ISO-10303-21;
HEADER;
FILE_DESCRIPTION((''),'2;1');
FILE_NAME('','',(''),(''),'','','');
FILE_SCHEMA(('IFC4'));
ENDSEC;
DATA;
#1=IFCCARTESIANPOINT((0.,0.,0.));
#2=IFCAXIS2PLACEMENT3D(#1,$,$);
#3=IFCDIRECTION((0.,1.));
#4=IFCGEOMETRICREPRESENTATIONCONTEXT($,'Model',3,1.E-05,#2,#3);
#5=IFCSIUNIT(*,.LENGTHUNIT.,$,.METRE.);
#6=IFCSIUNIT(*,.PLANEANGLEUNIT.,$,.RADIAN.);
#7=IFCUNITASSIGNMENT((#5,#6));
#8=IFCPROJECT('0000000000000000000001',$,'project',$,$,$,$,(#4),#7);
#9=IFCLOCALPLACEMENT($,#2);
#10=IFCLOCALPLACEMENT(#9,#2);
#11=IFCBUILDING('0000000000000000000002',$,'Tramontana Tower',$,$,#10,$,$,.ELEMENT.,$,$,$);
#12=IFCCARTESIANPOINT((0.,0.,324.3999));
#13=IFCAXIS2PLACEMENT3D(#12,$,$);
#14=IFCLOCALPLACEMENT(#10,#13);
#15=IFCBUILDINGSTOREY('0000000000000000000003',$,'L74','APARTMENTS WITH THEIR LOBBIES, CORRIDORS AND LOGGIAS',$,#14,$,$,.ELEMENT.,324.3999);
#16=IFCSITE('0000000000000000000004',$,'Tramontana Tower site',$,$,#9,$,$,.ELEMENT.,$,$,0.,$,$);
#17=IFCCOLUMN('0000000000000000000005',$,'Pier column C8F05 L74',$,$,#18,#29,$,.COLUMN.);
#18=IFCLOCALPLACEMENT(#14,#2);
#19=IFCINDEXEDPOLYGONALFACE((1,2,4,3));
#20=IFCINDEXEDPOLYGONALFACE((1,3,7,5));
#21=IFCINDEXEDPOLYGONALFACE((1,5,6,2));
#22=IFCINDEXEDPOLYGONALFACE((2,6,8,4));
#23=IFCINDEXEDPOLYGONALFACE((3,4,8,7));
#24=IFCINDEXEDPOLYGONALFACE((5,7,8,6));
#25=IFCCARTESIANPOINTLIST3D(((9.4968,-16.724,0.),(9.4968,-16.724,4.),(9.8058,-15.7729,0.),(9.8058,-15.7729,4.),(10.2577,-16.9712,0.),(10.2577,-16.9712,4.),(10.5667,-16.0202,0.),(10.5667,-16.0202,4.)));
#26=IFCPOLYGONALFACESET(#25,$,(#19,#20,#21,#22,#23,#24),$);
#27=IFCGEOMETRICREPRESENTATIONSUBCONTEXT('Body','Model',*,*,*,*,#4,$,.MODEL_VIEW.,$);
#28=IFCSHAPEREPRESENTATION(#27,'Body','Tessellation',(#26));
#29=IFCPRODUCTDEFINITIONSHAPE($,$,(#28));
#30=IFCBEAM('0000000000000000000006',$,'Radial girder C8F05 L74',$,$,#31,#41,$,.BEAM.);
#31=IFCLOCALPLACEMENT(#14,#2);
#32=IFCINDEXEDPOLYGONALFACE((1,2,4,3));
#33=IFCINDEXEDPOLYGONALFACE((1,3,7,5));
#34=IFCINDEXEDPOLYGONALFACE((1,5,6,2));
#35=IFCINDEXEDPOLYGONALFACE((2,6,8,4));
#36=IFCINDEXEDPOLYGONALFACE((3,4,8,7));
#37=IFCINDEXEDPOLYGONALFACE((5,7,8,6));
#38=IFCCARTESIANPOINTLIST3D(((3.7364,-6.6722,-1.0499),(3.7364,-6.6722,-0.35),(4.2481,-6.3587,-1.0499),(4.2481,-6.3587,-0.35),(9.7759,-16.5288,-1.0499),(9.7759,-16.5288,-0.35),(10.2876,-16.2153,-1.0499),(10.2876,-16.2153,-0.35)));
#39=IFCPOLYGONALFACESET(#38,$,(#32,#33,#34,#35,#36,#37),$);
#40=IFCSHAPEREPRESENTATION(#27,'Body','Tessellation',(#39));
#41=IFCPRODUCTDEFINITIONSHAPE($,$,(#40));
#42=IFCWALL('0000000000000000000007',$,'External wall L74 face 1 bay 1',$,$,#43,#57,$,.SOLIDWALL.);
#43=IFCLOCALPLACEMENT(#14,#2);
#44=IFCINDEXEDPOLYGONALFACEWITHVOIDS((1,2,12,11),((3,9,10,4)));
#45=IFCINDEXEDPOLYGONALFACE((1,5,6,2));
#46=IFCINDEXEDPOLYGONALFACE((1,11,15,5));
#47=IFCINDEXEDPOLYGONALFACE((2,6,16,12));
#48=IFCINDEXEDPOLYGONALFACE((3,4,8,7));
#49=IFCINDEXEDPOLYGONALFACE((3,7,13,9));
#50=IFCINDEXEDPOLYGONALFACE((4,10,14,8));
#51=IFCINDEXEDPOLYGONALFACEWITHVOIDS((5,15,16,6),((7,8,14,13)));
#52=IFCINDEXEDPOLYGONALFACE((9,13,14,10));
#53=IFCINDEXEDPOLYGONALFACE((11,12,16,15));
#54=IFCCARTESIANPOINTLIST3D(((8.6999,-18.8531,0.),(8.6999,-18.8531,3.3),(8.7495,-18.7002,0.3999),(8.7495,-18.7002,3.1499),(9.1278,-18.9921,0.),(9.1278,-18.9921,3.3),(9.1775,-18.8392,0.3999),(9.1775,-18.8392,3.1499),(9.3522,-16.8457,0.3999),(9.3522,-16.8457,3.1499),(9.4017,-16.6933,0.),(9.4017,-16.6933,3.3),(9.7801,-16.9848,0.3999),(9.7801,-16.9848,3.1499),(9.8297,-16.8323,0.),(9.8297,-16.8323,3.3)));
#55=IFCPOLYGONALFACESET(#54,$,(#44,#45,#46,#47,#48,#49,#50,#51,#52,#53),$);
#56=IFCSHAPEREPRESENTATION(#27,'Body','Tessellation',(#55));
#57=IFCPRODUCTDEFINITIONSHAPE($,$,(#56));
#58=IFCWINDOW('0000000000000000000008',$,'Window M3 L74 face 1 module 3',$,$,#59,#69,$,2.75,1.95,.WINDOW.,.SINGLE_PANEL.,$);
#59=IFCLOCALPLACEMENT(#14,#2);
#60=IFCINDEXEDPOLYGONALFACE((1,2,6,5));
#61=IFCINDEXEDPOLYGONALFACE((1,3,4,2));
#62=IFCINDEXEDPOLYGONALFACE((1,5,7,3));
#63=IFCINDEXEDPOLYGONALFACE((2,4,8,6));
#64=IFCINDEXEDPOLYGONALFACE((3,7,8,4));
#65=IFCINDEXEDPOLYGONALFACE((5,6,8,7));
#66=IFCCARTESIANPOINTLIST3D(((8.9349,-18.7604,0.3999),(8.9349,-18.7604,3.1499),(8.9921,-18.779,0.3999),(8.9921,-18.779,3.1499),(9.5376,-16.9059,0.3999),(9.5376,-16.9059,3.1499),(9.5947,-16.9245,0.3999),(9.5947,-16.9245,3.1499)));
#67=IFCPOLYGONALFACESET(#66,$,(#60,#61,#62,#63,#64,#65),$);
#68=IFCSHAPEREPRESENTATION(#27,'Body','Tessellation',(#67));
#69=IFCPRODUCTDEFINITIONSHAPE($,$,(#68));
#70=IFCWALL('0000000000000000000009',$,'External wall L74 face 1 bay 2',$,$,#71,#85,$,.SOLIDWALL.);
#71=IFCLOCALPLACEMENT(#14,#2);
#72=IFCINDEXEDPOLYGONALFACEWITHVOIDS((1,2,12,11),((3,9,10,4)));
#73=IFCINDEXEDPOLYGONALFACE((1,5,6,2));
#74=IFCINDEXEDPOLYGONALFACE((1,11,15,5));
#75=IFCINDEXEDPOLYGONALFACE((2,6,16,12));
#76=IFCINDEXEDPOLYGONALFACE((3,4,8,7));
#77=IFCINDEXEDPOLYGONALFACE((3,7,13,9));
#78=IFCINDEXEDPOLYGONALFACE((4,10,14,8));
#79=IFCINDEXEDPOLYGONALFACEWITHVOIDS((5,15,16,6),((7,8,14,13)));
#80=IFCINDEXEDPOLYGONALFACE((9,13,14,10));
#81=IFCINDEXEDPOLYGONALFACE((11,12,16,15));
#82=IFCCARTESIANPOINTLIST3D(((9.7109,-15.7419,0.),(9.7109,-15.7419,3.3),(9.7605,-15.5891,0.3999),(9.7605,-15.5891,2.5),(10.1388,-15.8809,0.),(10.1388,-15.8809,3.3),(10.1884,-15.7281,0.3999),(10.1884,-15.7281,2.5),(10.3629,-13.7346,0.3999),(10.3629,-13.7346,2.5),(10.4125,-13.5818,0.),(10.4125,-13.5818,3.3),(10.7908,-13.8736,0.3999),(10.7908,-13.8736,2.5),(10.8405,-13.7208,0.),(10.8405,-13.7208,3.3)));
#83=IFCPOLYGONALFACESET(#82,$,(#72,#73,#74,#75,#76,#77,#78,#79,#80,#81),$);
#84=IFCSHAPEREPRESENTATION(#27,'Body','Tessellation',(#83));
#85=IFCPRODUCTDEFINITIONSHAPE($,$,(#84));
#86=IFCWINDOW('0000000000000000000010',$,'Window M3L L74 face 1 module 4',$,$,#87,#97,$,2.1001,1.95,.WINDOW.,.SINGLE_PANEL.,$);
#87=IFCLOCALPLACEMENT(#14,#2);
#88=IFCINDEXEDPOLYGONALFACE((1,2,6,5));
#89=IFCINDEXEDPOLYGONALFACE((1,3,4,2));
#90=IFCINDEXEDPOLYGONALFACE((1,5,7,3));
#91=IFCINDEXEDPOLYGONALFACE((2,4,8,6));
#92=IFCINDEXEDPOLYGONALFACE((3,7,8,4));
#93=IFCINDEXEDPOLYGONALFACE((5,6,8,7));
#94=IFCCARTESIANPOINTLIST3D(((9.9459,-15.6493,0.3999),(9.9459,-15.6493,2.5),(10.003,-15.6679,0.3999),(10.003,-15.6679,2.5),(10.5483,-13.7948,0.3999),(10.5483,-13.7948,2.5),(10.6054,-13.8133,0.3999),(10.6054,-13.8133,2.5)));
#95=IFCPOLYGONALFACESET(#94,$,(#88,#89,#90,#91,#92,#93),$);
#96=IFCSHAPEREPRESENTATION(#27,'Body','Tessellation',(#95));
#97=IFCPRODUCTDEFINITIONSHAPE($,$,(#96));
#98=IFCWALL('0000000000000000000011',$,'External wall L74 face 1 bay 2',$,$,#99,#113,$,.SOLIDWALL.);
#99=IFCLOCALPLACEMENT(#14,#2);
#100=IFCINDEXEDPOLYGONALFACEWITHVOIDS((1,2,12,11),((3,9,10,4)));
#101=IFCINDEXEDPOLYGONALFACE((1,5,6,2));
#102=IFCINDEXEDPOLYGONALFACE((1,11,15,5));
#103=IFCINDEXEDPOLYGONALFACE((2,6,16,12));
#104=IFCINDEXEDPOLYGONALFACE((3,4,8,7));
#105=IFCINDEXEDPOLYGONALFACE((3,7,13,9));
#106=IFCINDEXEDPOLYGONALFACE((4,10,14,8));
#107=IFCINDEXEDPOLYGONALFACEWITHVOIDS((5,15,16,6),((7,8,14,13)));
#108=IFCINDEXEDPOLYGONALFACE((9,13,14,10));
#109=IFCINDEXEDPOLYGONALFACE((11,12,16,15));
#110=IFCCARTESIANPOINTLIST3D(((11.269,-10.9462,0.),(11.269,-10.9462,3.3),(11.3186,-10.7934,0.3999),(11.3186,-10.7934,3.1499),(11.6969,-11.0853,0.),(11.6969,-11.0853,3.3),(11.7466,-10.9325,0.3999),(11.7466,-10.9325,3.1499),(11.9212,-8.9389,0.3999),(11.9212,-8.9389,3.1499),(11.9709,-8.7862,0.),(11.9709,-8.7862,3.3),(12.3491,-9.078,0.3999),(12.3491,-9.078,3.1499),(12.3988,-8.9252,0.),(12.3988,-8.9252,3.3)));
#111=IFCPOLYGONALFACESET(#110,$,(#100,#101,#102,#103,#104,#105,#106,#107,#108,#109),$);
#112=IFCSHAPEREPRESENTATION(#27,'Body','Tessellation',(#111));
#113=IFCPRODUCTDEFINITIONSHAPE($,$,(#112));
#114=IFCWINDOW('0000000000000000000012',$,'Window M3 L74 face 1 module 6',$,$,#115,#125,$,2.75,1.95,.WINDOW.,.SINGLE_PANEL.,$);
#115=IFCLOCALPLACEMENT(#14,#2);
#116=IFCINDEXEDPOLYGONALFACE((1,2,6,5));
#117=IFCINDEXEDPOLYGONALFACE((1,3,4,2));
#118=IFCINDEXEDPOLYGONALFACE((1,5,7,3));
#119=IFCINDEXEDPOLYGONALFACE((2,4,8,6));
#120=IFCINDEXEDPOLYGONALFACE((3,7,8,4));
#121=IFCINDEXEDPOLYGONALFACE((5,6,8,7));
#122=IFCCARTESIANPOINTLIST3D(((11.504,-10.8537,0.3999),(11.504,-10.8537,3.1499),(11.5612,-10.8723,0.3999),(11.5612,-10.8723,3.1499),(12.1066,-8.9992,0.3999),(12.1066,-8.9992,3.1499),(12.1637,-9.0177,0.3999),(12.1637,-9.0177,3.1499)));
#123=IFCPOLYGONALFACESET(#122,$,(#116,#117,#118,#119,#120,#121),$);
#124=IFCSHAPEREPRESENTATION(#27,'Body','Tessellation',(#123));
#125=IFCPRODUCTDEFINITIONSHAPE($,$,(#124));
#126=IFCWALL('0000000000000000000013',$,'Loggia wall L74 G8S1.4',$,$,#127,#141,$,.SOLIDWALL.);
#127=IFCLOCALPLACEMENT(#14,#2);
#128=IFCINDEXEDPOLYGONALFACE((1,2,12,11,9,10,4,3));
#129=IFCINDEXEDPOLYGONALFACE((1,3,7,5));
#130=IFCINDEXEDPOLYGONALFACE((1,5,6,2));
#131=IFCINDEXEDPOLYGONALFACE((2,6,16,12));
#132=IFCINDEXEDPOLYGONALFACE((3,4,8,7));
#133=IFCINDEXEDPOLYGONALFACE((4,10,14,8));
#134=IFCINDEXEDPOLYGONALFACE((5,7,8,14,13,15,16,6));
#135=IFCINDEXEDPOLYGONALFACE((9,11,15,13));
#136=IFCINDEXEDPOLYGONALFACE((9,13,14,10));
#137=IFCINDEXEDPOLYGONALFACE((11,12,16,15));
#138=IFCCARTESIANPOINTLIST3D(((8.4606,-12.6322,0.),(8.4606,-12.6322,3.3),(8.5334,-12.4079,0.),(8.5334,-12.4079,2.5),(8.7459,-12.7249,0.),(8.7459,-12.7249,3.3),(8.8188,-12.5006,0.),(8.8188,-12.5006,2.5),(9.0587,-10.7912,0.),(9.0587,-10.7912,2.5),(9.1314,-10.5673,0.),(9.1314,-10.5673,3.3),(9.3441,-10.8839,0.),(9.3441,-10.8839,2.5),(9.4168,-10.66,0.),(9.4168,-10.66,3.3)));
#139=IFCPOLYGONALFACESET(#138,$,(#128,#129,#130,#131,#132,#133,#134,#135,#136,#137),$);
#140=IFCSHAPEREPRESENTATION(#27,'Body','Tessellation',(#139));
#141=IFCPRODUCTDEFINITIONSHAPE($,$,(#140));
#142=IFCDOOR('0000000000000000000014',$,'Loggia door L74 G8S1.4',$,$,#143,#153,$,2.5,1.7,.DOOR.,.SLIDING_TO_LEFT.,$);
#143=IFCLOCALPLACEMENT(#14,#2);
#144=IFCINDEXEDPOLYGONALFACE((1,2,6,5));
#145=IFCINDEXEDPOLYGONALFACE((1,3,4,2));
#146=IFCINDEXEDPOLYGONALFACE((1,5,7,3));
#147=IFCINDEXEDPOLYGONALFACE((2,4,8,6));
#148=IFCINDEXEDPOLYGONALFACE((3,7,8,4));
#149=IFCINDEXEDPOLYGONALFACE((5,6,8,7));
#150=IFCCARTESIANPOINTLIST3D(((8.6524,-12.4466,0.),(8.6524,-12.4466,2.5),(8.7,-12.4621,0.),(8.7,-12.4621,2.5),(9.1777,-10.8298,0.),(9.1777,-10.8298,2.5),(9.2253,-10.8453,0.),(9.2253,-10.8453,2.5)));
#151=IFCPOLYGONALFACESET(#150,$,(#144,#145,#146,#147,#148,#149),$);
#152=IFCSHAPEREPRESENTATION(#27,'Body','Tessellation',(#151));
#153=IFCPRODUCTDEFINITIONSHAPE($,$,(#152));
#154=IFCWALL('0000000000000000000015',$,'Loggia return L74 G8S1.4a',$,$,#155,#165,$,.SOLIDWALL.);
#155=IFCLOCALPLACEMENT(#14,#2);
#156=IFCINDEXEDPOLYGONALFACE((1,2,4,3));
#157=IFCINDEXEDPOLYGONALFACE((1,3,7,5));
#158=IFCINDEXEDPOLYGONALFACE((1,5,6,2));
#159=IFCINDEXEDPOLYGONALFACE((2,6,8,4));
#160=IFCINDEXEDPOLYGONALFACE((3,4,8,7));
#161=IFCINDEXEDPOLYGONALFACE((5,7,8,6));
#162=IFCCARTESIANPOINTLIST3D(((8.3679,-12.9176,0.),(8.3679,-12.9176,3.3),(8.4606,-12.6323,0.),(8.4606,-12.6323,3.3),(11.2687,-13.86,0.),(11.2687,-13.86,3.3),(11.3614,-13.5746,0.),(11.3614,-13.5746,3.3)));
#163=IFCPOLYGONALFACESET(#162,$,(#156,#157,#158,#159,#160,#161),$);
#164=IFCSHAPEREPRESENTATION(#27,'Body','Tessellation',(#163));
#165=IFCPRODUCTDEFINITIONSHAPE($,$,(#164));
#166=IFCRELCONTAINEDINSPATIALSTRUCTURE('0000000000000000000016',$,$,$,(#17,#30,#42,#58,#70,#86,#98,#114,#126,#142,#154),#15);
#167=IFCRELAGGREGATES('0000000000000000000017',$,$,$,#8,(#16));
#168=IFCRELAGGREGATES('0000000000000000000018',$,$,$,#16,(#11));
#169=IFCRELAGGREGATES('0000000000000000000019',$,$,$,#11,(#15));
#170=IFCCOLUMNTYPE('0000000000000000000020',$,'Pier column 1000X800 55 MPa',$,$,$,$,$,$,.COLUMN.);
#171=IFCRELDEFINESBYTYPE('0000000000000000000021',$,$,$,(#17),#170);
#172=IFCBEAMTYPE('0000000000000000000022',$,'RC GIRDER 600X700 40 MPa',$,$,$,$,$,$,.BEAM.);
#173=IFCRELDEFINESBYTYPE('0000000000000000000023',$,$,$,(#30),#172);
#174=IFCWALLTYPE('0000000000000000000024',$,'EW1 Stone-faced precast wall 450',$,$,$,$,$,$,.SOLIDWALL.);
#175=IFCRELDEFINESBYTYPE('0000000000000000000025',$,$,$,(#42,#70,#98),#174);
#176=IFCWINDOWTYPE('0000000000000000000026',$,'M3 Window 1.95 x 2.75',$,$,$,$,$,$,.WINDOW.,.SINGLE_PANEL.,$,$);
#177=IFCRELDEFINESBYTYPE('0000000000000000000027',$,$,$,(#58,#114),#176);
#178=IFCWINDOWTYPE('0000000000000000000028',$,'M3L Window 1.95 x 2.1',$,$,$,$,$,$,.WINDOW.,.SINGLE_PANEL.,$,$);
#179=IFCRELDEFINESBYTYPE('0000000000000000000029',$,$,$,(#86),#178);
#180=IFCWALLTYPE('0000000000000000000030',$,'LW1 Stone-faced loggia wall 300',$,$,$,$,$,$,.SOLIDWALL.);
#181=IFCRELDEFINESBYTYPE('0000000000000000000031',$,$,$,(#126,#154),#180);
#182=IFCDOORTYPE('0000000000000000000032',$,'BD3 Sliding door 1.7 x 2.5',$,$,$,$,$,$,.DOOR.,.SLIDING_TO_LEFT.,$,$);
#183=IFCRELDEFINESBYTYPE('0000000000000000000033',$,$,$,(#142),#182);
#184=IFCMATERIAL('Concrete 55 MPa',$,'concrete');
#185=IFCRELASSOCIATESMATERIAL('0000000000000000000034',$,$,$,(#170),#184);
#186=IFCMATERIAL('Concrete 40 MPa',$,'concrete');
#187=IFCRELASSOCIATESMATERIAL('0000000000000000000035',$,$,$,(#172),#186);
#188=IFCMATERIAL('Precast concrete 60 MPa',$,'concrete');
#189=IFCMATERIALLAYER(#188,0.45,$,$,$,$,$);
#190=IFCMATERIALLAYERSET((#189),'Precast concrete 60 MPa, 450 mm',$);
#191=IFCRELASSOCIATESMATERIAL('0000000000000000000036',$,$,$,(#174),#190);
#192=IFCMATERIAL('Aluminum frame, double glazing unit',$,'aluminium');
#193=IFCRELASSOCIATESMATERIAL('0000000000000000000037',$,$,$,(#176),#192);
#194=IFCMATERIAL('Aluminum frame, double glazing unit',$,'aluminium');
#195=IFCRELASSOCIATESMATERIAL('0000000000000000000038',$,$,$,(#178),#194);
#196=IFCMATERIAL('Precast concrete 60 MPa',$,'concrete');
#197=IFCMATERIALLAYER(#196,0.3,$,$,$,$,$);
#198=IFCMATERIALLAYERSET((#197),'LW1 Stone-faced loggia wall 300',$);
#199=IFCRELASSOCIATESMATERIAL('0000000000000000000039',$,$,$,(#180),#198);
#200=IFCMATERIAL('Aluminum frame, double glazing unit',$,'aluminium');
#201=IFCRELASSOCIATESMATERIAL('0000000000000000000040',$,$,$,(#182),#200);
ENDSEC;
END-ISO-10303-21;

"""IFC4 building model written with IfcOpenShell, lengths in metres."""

from ifc_helpers import new_model, si_unit, direction, frame, frame_2d, origin, origin_2d, place, context, subcontext, project, spatial, rectangle, extrude, material, layer, layer_set, material_profile, profile_set, type_object, element, fill, save


model = new_model("IFC4")

# Units and contexts
model_context = context("Model", 3, precision=1e-05, world=origin(), true_north=direction((0.0, 1.0)))
body_context = subcontext(model_context, "Body", "Model", "MODEL_VIEW")
ifc_project = project(units=[si_unit("LENGTHUNIT", "METRE"), si_unit("PLANEANGLEUNIT", "RADIAN")], contexts=[model_context])

# Site, building, storey
site_placement = place(None, origin())
site = spatial("IfcSite", under=ifc_project, at=site_placement, Name="Tramontana Tower site", CompositionType="ELEMENT", RefElevation=0.0)
building_placement = place(site_placement, origin())
building = spatial("IfcBuilding", under=site, at=building_placement, Name="Tramontana Tower", CompositionType="ELEMENT")
storey_placement = place(building_placement, frame((0.0, 0.0, 324.3999)))
storey = spatial("IfcBuildingStorey", under=building, at=storey_placement, Name="L74", Description="APARTMENTS WITH THEIR LOBBIES, CORRIDORS AND LOGGIAS", CompositionType="ELEMENT", Elevation=324.3999)

# Column
ifc_material_1 = material(Name="Concrete 55 MPa", Category="concrete")
ifc_material_profile_1 = material_profile(ifc_material_1, rectangle(XDim=1.0, YDim=0.8, at=origin_2d()), Name="Pier column 1000X800 55 MPa")
ifc_profile_set_1 = profile_set([ifc_material_profile_1], Name="Concrete 55 MPa")
column_type = type_object("IfcColumnType", Name="Pier column 1000X800 55 MPa", PredefinedType="COLUMN", material=ifc_profile_set_1)
column_placement = place(storey_placement, frame((10.0317, -16.3721, 0.0), z_axis=(0.0, 0.0, 1.0), x_axis=(0.309017, 0.951057, 0.0)))
element("IfcColumn", 1, at=column_placement, inside=storey, type_object=column_type, Name="Pier column C8F05 L74", PredefinedType="COLUMN", context=body_context, shape_type="SweptSolid", body=[
    extrude(rectangle(XDim=1.0, YDim=0.8, at=origin_2d()), origin(), (0.0, 0.0, 1.0), 4.0),
])

# Beam
ifc_material_2 = material(Name="Concrete 40 MPa", Category="concrete")
ifc_material_profile_2 = material_profile(ifc_material_2, rectangle(XDim=0.6001, YDim=0.7, at=origin_2d()), Name="RC GIRDER 600X700 40 MPa")
ifc_profile_set_2 = profile_set([ifc_material_profile_2], Name="Concrete 40 MPa")
beam_type = type_object("IfcBeamType", Name="RC GIRDER 600X700 40 MPa", PredefinedType="BEAM", material=ifc_profile_set_2)
beam_placement = place(storey_placement, frame((10.0317, -16.3721, -0.7), z_axis=(-0.522459, 0.852665, 0.0), x_axis=(-0.852665, -0.522459, 0.0)))
element("IfcBeam", 2, at=beam_placement, inside=storey, type_object=beam_type, Name="Radial girder C8F05 L74", PredefinedType="BEAM", context=body_context, shape_type="SweptSolid", body=[
    extrude(rectangle(XDim=0.6001, YDim=0.7, at=origin_2d()), origin(), (0.0, 0.0, 1.0), 11.5598),
])

# Walls, openings, windows
ifc_material_3 = material(Name="Precast concrete 60 MPa", Category="concrete")
ifc_layer_1 = layer(ifc_material_3, 0.45)
ifc_layer_set_1 = layer_set([ifc_layer_1], Name="Precast concrete 60 MPa, 450 mm")
wall_type_1 = type_object("IfcWallType", Name="EW1 Stone-faced precast wall 450", PredefinedType="SOLIDWALL", material=ifc_layer_set_1)
wall_1_placement = place(storey_placement, frame((8.9138, -18.9226, 0.0), z_axis=(0.0, 0.0, 1.0), x_axis=(0.309059, 0.951043, 0.0)))
wall_1 = element("IfcWall", 3, at=wall_1_placement, inside=storey, type_object=wall_type_1, Name="External wall L74 face 1 bay 1", PredefinedType="SOLIDWALL", context=body_context, shape_type="SweptSolid", body=[
    extrude(rectangle(XDim=2.271, YDim=0.45, at=frame_2d((1.1355, 0.0))), origin(), (0.0, 0.0, 1.0), 3.3),
])
opening_1_placement = place(wall_1_placement, frame((0.1606, 0.0, 0.3999)))
opening_1 = element("IfcOpeningElement", 4, at=opening_1_placement, cuts=wall_1, PredefinedType="OPENING", context=body_context, shape_type="SweptSolid", body=[
    extrude(rectangle(XDim=1.95, YDim=2.75, at=frame_2d((0.9751, 1.375))), frame((0.0, 0.2349, 0.0), z_axis=(0.0, -1.0, 0.0), x_axis=(1.0, 0.0, 0.0)), (0.0, 0.0, 1.0), 0.47),
])
ifc_material_4 = material(Name="Aluminum frame, double glazing unit", Category="aluminium")
window_type_1 = type_object("IfcWindowType", Name="M3 Window 1.95 x 2.75", PartitioningType="SINGLE_PANEL", PredefinedType="WINDOW", material=ifc_material_4)
window_1_placement = place(opening_1_placement, origin())
window_1 = element("IfcWindow", 5, at=window_1_placement, inside=storey, type_object=window_type_1, Name="Window M3 L74 face 1 module 3", OverallHeight=2.75, OverallWidth=1.95, PartitioningType="SINGLE_PANEL", PredefinedType="WINDOW", context=body_context, shape_type="SweptSolid", body=[
    extrude(rectangle(XDim=1.95, YDim=2.75, at=frame_2d((0.9751, 1.375))), frame((0.0, 0.03, 0.0), z_axis=(0.0, -1.0, 0.0), x_axis=(1.0, 0.0, 0.0)), (0.0, 0.0, 1.0), 0.0601),
])
fill(opening_1, window_1)
wall_2_placement = place(storey_placement, frame((9.9248, -15.8115, 0.0), z_axis=(0.0, 0.0, 1.0), x_axis=(0.308931, 0.951085, 0.0)))
wall_2 = element("IfcWall", 6, at=wall_2_placement, inside=storey, type_object=wall_type_1, Name="External wall L74 face 1 bay 2", PredefinedType="SOLIDWALL", context=body_context, shape_type="SweptSolid", body=[
    extrude(rectangle(XDim=2.2712, YDim=0.45, at=frame_2d((1.1357, 0.0))), origin(), (0.0, 0.0, 1.0), 3.3),
])
opening_2_placement = place(wall_2_placement, frame((0.1606, 0.0, 0.3999)))
opening_2 = element("IfcOpeningElement", 7, at=opening_2_placement, cuts=wall_2, PredefinedType="OPENING", context=body_context, shape_type="SweptSolid", body=[
    extrude(rectangle(XDim=1.95, YDim=2.1001, at=frame_2d((0.9751, 1.05))), frame((0.0, 0.2349, 0.0), z_axis=(0.0, -1.0, 0.0), x_axis=(1.0, 0.0, 0.0)), (0.0, 0.0, 1.0), 0.47),
])
ifc_material_5 = material(Name="Aluminum frame, double glazing unit", Category="aluminium")
window_type_2 = type_object("IfcWindowType", Name="M3L Window 1.95 x 2.1", PartitioningType="SINGLE_PANEL", PredefinedType="WINDOW", material=ifc_material_5)
window_2_placement = place(opening_2_placement, origin())
window_2 = element("IfcWindow", 8, at=window_2_placement, inside=storey, type_object=window_type_2, Name="Window M3L L74 face 1 module 4", OverallHeight=2.1001, OverallWidth=1.95, PartitioningType="SINGLE_PANEL", PredefinedType="WINDOW", context=body_context, shape_type="SweptSolid", body=[
    extrude(rectangle(XDim=1.95, YDim=2.1001, at=frame_2d((0.9751, 1.05))), frame((0.0, 0.03, 0.0), z_axis=(0.0, -1.0, 0.0), x_axis=(1.0, 0.0, 0.0)), (0.0, 0.0, 1.0), 0.0601),
])
fill(opening_2, window_2)
wall_3_placement = place(storey_placement, frame((11.4829, -11.0159, 0.0), z_axis=(0.0, 0.0, 1.0), x_axis=(0.309028, 0.951053, 0.0)))
wall_3 = element("IfcWall", 9, at=wall_3_placement, inside=storey, type_object=wall_type_1, Name="External wall L74 face 1 bay 2", PredefinedType="SOLIDWALL", context=body_context, shape_type="SweptSolid", body=[
    extrude(rectangle(XDim=2.2712, YDim=0.45, at=frame_2d((1.1357, 0.0))), origin(), (0.0, 0.0, 1.0), 3.3),
])
opening_3_placement = place(wall_3_placement, frame((0.1606, 0.0, 0.3999)))
opening_3 = element("IfcOpeningElement", 10, at=opening_3_placement, cuts=wall_3, PredefinedType="OPENING", context=body_context, shape_type="SweptSolid", body=[
    extrude(rectangle(XDim=1.95, YDim=2.75, at=frame_2d((0.9751, 1.375))), frame((0.0, 0.2349, 0.0), z_axis=(0.0, -1.0, 0.0), x_axis=(1.0, 0.0, 0.0)), (0.0, 0.0, 1.0), 0.47),
])
window_3_placement = place(opening_3_placement, origin())
window_3 = element("IfcWindow", 11, at=window_3_placement, inside=storey, type_object=window_type_1, Name="Window M3 L74 face 1 module 6", OverallHeight=2.75, OverallWidth=1.95, PartitioningType="SINGLE_PANEL", PredefinedType="WINDOW", context=body_context, shape_type="SweptSolid", body=[
    extrude(rectangle(XDim=1.95, YDim=2.75, at=frame_2d((0.9751, 1.375))), frame((0.0, 0.03, 0.0), z_axis=(0.0, -1.0, 0.0), x_axis=(1.0, 0.0, 0.0)), (0.0, 0.0, 1.0), 0.0601),
])
fill(opening_3, window_3)

# Wall, opening, door
ifc_material_6 = material(Name="Precast concrete 60 MPa", Category="concrete")
ifc_layer_2 = layer(ifc_material_6, 0.3)
ifc_layer_set_2 = layer_set([ifc_layer_2], Name="LW1 Stone-faced loggia wall 300")
wall_type_2 = type_object("IfcWallType", Name="LW1 Stone-faced loggia wall 300", PredefinedType="SOLIDWALL", material=ifc_layer_set_2)
wall_4_placement = place(storey_placement, frame((8.6033, -12.6785, 0.0), z_axis=(0.0, 0.0, 1.0), x_axis=(0.309, 0.951062, 0.0)))
wall_4 = element("IfcWall", 12, at=wall_4_placement, inside=storey, type_object=wall_type_2, Name="Loggia wall L74 G8S1.4", PredefinedType="SOLIDWALL", context=body_context, shape_type="SweptSolid", body=[
    extrude(rectangle(XDim=2.1711, YDim=0.3, at=frame_2d((1.0854, 0.0))), origin(), (0.0, 0.0, 1.0), 3.3),
])
opening_4_placement = place(wall_4_placement, frame((0.2356, 0.0, 0.0)))
opening_4 = element("IfcOpeningElement", 13, at=opening_4_placement, cuts=wall_4, PredefinedType="OPENING", context=body_context, shape_type="SweptSolid", body=[
    extrude(rectangle(XDim=1.7, YDim=2.5, at=frame_2d((0.8501, 1.25))), frame((0.0, 0.1599, 0.0), z_axis=(0.0, -1.0, 0.0), x_axis=(1.0, 0.0, 0.0)), (0.0, 0.0, 1.0), 0.3201),
])
ifc_material_7 = material(Name="Aluminum frame, double glazing unit", Category="aluminium")
door_type_1 = type_object("IfcDoorType", Name="BD3 Sliding door 1.7 x 2.5", OperationType="SLIDING_TO_LEFT", PredefinedType="DOOR", material=ifc_material_7)
door_1_placement = place(opening_4_placement, origin())
door_1 = element("IfcDoor", 14, at=door_1_placement, inside=storey, type_object=door_type_1, Name="Loggia door L74 G8S1.4", OperationType="SLIDING_TO_LEFT", OverallHeight=2.5, OverallWidth=1.7, PredefinedType="DOOR", context=body_context, shape_type="SweptSolid", body=[
    extrude(rectangle(XDim=1.7, YDim=2.5, at=frame_2d((0.8501, 1.25))), frame((0.0, 0.0249, 0.0), z_axis=(0.0, -1.0, 0.0), x_axis=(1.0, 0.0, 0.0)), (0.0, 0.0, 1.0), 0.05),
])
fill(opening_4, door_1)

# Wall
for number, where, z_axis, x_axis, name in (
    (15, (11.3149, -13.7173, 0.0), (0.0, 0.0, 1.0), (-0.951073, 0.308967, 0.0), "Loggia return L74 G8S1.4a"),
):
    element("IfcWall", number, at=place(storey_placement, frame(where, z_axis=z_axis, x_axis=x_axis)), inside=storey, type_object=wall_type_2, Name=name, PredefinedType="SOLIDWALL", context=body_context, shape_type="SweptSolid", body=[
        extrude(rectangle(XDim=3.05, YDim=0.3, at=frame_2d((1.5249, 0.0))), origin(), (0.0, 0.0, 1.0), 3.3),
    ])

save(model, "model.ifc")
